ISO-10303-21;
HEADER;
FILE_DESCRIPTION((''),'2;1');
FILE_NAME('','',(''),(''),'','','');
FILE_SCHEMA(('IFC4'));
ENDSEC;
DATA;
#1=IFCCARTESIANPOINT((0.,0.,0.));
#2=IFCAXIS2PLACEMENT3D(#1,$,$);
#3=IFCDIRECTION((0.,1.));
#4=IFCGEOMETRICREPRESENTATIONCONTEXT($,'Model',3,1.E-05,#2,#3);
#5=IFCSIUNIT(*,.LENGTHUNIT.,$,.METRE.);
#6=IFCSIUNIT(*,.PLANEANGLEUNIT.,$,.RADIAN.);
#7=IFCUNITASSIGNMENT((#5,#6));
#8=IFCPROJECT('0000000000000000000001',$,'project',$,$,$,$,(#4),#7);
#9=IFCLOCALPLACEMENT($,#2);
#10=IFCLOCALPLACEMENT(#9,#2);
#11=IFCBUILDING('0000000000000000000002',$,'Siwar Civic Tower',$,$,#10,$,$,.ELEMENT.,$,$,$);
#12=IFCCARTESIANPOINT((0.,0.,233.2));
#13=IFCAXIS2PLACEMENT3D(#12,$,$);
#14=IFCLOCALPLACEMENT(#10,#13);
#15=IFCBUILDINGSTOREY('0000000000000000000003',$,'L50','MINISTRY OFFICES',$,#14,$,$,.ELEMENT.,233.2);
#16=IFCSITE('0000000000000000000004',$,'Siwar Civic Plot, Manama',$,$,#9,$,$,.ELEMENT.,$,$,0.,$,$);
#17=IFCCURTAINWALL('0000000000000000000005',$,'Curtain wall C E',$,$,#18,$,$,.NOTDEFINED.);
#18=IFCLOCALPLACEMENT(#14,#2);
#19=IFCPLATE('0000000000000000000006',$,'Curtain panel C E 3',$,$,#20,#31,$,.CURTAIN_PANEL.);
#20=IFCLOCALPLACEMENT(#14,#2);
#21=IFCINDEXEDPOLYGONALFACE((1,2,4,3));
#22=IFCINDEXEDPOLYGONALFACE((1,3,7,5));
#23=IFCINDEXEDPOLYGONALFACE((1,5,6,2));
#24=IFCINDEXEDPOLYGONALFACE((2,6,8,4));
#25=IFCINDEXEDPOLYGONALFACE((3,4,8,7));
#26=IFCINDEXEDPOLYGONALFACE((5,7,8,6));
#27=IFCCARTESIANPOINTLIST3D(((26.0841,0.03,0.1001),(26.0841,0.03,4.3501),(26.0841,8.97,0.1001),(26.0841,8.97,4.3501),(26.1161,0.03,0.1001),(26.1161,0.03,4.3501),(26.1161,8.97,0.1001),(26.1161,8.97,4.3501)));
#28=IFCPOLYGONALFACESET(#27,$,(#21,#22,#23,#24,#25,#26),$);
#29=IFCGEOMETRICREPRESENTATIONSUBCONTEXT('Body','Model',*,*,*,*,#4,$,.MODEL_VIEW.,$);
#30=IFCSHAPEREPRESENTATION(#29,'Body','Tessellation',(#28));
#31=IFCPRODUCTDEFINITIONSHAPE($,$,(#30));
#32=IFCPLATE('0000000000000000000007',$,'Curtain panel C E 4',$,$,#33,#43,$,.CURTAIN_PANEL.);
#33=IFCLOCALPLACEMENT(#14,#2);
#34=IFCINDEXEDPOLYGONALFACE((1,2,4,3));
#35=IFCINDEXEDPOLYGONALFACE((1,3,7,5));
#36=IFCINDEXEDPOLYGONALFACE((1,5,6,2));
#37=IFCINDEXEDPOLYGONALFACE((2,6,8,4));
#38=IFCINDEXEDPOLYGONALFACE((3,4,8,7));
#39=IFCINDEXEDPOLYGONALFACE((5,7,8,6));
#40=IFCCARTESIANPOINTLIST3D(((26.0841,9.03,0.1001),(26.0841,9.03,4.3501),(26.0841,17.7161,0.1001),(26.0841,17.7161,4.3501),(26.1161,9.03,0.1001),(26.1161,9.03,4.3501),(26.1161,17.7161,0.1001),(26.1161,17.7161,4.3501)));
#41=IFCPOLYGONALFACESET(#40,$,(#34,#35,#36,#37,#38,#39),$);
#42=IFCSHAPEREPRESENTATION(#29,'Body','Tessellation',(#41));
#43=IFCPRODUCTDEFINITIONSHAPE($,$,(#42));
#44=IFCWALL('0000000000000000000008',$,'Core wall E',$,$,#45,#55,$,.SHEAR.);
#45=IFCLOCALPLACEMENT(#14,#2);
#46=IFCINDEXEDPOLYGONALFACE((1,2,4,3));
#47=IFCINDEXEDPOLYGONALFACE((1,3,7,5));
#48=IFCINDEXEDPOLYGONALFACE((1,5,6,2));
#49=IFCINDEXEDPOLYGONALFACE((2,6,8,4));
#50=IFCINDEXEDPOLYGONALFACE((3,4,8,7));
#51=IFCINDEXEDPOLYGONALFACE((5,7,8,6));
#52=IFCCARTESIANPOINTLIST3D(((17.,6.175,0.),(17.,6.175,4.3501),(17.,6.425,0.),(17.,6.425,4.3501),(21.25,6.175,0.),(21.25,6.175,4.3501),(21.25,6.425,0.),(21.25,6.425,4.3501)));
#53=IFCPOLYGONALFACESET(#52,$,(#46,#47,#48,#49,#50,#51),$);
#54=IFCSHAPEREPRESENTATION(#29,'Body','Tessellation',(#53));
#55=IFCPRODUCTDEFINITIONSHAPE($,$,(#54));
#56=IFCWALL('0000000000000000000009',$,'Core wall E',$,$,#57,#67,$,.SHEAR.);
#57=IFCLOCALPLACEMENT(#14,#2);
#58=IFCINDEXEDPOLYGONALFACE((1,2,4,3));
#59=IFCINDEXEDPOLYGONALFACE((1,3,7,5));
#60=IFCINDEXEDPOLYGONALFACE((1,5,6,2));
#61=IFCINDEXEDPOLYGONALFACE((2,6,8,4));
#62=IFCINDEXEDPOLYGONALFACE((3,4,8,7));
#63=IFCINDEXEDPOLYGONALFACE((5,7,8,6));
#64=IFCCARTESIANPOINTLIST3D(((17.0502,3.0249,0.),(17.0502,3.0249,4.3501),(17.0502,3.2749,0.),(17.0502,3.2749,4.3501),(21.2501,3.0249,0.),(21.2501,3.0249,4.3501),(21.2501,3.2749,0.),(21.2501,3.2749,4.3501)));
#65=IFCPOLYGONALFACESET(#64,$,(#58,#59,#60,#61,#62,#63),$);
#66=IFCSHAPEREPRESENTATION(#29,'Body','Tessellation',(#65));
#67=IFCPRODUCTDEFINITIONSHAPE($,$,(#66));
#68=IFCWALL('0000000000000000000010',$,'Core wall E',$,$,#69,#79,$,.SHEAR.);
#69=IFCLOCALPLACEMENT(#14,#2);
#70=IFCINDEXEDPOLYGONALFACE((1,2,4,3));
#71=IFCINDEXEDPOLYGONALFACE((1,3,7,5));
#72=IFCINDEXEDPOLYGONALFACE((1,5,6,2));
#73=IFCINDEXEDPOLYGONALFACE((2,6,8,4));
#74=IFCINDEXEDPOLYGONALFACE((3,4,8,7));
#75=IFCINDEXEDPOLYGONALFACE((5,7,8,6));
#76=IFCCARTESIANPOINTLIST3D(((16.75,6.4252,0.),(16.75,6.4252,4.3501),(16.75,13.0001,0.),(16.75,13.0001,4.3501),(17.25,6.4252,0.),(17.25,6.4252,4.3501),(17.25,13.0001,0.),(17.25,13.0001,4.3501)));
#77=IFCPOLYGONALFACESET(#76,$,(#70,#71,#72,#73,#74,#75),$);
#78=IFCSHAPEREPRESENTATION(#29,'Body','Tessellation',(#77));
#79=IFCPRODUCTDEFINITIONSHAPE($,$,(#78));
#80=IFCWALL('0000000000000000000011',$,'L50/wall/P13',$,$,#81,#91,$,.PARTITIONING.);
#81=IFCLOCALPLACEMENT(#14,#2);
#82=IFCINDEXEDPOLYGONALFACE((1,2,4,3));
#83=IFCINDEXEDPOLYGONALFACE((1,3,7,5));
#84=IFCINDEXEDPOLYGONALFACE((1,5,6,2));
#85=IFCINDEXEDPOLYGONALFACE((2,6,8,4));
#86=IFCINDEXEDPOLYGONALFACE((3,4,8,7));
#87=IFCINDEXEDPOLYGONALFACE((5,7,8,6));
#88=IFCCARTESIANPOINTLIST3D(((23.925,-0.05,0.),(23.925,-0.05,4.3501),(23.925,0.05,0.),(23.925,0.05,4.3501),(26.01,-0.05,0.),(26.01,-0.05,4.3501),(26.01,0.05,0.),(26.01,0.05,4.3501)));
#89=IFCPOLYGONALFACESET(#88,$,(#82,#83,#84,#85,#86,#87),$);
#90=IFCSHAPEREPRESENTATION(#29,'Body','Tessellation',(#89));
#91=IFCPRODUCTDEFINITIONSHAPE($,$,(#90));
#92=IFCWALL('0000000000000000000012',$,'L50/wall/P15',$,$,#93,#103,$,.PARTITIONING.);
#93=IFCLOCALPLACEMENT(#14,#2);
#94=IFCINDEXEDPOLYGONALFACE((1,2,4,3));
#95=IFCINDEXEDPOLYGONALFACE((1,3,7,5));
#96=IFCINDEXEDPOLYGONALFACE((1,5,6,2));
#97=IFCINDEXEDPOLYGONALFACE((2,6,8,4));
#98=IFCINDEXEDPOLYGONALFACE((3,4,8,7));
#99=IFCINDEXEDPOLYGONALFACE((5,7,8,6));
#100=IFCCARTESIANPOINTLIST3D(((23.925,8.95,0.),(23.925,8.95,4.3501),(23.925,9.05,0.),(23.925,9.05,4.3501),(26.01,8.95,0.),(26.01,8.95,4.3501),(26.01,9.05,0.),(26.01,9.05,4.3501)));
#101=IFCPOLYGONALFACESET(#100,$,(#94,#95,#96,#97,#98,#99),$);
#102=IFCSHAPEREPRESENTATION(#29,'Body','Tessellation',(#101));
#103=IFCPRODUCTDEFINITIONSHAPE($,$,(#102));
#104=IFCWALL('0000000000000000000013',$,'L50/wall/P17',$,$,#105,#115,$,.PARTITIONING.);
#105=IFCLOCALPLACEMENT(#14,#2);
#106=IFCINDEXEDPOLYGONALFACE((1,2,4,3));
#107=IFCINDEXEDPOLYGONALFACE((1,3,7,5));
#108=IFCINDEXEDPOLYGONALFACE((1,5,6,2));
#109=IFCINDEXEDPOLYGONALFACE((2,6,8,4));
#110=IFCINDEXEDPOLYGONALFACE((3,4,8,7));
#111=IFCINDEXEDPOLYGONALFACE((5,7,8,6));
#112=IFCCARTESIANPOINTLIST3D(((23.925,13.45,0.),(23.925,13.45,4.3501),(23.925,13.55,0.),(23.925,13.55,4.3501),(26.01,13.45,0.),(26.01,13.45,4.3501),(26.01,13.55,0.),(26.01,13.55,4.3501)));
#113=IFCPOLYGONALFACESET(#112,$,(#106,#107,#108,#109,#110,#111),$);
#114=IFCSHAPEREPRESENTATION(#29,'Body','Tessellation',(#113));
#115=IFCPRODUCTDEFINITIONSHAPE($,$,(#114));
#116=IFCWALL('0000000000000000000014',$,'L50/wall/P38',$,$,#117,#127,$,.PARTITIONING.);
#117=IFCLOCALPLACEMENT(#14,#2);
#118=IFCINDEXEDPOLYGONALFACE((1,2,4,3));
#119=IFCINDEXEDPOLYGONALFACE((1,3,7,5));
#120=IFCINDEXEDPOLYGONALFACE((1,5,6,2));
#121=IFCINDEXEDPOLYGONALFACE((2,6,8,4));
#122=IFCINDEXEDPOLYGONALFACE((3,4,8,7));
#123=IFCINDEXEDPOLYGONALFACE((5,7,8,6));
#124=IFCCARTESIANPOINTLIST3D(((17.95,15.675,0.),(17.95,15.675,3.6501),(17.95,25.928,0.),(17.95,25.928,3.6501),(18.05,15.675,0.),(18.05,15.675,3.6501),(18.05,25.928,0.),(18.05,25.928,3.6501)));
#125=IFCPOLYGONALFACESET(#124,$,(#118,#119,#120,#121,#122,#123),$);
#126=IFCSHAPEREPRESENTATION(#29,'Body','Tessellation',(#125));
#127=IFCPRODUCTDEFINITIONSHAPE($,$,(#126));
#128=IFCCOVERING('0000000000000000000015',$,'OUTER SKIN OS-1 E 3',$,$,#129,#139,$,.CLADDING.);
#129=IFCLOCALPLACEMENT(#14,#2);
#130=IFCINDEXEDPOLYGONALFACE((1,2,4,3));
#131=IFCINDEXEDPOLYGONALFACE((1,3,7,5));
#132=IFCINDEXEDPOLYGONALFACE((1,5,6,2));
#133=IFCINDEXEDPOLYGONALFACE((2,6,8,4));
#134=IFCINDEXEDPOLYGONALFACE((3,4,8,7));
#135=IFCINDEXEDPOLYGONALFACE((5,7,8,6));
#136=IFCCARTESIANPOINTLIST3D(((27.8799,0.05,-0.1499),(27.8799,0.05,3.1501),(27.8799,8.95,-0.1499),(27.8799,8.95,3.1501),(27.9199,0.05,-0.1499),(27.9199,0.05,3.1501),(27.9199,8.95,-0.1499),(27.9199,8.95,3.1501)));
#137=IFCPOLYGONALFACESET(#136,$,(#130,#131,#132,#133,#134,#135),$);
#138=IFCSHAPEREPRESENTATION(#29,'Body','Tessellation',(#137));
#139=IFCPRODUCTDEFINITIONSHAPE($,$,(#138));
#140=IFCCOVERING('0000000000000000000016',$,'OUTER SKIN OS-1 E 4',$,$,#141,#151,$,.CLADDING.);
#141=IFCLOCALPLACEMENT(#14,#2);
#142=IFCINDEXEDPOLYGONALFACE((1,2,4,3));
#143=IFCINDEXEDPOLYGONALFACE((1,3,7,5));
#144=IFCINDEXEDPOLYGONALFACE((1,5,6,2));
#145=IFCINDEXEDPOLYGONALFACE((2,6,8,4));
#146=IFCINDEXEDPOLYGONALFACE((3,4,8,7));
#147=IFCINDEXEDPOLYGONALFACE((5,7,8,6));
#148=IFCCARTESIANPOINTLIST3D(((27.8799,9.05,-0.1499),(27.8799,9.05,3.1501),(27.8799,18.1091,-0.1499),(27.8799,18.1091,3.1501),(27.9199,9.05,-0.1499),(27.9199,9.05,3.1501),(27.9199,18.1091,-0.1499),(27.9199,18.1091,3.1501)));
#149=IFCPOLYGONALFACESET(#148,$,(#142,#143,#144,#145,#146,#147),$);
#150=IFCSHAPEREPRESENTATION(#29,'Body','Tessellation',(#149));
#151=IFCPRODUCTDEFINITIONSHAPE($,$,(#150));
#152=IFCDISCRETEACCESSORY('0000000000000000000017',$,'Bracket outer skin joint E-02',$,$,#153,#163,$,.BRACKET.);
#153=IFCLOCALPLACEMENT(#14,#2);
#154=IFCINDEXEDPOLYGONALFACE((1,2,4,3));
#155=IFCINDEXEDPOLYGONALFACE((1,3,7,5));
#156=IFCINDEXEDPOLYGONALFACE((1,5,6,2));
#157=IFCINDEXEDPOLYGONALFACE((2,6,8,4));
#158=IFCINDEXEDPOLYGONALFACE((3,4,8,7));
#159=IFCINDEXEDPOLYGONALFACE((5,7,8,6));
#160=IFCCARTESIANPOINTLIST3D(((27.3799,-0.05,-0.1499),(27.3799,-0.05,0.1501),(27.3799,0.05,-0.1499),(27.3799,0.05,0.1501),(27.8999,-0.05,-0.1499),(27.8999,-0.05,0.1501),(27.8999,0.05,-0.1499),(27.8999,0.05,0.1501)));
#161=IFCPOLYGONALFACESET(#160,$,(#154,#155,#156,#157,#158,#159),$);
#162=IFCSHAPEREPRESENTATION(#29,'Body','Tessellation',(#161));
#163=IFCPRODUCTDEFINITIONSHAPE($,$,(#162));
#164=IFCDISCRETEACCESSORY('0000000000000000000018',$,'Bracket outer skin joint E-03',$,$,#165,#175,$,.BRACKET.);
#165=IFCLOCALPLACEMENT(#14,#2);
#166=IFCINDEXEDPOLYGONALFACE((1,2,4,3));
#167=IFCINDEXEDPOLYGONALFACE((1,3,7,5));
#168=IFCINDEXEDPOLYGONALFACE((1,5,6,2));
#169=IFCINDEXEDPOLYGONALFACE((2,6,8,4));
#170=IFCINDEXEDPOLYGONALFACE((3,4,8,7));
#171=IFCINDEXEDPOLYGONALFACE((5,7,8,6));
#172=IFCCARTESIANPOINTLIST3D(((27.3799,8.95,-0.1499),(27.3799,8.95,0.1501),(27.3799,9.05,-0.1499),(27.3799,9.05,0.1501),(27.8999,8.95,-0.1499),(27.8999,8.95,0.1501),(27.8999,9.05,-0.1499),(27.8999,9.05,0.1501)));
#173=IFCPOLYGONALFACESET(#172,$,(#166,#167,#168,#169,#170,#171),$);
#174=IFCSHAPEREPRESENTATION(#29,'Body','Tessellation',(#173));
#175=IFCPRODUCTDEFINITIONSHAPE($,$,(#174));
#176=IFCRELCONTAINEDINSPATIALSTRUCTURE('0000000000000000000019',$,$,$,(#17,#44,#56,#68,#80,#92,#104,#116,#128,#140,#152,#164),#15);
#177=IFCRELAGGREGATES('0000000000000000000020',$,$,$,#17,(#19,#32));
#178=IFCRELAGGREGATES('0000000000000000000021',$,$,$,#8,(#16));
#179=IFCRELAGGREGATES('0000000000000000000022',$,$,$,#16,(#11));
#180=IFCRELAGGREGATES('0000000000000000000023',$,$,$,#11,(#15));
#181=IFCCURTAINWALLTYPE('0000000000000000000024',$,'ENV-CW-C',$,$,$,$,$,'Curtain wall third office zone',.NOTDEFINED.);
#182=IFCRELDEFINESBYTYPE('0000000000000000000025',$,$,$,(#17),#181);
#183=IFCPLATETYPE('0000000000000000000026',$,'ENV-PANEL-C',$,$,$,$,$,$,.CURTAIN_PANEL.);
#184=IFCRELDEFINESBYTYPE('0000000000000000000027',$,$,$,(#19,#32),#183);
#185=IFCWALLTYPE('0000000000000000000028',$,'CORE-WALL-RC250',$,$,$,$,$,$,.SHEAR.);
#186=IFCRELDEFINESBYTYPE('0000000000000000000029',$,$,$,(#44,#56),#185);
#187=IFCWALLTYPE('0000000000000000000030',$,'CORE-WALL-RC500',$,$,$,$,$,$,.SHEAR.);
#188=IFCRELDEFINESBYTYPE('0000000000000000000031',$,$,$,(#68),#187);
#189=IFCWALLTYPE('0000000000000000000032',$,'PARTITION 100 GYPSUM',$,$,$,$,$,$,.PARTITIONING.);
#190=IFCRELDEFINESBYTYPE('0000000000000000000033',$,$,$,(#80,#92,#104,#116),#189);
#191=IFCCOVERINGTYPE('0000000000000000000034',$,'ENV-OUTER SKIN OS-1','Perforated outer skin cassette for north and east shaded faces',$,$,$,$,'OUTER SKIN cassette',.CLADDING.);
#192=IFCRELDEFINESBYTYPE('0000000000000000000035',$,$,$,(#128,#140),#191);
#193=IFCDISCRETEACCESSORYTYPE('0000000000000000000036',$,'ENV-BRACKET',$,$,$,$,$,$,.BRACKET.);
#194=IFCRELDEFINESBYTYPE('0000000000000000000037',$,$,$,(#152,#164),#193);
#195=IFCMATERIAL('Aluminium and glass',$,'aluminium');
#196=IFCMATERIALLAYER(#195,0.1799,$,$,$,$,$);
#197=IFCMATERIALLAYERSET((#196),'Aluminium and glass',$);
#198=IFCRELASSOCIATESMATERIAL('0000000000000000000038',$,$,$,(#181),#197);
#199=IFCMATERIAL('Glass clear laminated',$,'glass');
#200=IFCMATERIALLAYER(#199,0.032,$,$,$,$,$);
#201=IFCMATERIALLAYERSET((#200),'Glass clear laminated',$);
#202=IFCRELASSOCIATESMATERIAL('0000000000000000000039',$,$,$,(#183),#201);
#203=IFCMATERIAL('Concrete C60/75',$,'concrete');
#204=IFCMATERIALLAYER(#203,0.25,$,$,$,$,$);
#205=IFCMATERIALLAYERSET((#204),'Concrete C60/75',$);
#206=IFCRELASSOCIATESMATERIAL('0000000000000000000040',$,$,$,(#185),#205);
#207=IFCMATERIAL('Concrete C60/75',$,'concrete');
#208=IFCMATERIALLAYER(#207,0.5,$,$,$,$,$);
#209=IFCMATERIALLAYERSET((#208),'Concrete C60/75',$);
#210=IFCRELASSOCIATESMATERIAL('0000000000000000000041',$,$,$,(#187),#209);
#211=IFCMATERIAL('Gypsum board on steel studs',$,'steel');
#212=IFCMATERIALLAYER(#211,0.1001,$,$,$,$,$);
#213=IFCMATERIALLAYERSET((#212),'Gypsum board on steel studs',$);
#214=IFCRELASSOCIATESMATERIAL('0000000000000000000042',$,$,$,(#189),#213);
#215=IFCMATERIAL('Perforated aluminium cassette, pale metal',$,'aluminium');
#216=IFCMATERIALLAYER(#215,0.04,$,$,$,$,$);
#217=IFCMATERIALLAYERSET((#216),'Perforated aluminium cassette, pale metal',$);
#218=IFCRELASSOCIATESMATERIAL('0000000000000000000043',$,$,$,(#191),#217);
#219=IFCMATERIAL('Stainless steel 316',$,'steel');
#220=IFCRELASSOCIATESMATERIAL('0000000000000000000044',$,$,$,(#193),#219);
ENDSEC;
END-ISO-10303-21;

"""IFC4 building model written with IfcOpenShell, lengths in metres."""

from ifc_helpers import new_model, si_unit, direction, frame, frame_2d, origin, origin_2d, place, context, subcontext, project, spatial, rectangle, extrude, material, layer, layer_set, type_object, element, aggregate, save


model = new_model("IFC4")

# Units and contexts
model_context = context("Model", 3, precision=1e-05, world=origin(), true_north=direction((0.0, 1.0)))
body_context = subcontext(model_context, "Body", "Model", "MODEL_VIEW")
ifc_project = project(units=[si_unit("LENGTHUNIT", "METRE"), si_unit("PLANEANGLEUNIT", "RADIAN")], contexts=[model_context])

# Site, building, storey
site_placement = place(None, origin())
site = spatial("IfcSite", under=ifc_project, at=site_placement, Name="Siwar Civic Plot, Manama", CompositionType="ELEMENT", RefElevation=0.0)
building_placement = place(site_placement, origin())
building = spatial("IfcBuilding", under=site, at=building_placement, Name="Siwar Civic Tower", CompositionType="ELEMENT")
storey_placement = place(building_placement, frame((0.0, 0.0, 233.2)))
storey = spatial("IfcBuildingStorey", under=building, at=storey_placement, Name="L50", Description="MINISTRY OFFICES", CompositionType="ELEMENT", Elevation=233.2)

# Curtain wall
ifc_material_1 = material(Name="Aluminium and glass", Category="aluminium")
ifc_layer_1 = layer(ifc_material_1, 0.1799)
ifc_layer_set_1 = layer_set([ifc_layer_1], Name="Aluminium and glass")
curtain_wall_type = type_object("IfcCurtainWallType", Name="ENV-CW-C", ElementType="Curtain wall third office zone", PredefinedType="NOTDEFINED", material=ifc_layer_set_1)
curtain_wall_placement = place(storey_placement, origin())
curtain_wall = element("IfcCurtainWall", 1, at=curtain_wall_placement, inside=storey, type_object=curtain_wall_type, Name="Curtain wall C E", PredefinedType="NOTDEFINED")

# Plates
ifc_material_2 = material(Name="Glass clear laminated", Category="glass")
ifc_layer_2 = layer(ifc_material_2, 0.032)
ifc_layer_set_2 = layer_set([ifc_layer_2], Name="Glass clear laminated")
plate_type = type_object("IfcPlateType", Name="ENV-PANEL-C", PredefinedType="CURTAIN_PANEL", material=ifc_layer_set_2)
plate_1_placement = place(storey_placement, frame((26.1001, 4.5, 0.1001), z_axis=(0.0, 0.0, 1.0), x_axis=(0.0, 1.0, 0.0)))
plate_1 = element("IfcPlate", 2, at=plate_1_placement, type_object=plate_type, Name="Curtain panel C E 3", PredefinedType="CURTAIN_PANEL", context=body_context, shape_type="SweptSolid", body=[
    extrude(rectangle(XDim=8.9399, YDim=0.032, at=origin_2d()), origin(), (0.0, 0.0, 1.0), 4.25),
])
plate_2_placement = place(storey_placement, frame((26.1001, 13.373, 0.1001), z_axis=(0.0, 0.0, 1.0), x_axis=(0.0, 1.0, 0.0)))
plate_2 = element("IfcPlate", 3, at=plate_2_placement, type_object=plate_type, Name="Curtain panel C E 4", PredefinedType="CURTAIN_PANEL", context=body_context, shape_type="SweptSolid", body=[
    extrude(rectangle(XDim=8.686, YDim=0.032, at=origin_2d()), origin(), (0.0, 0.0, 1.0), 4.25),
])
aggregate(curtain_wall, [plate_1, plate_2])

# Walls
ifc_material_3 = material(Name="Concrete C60/75", Category="concrete")
ifc_layer_3 = layer(ifc_material_3, 0.25)
ifc_layer_set_3 = layer_set([ifc_layer_3], Name="Concrete C60/75")
wall_type_1 = type_object("IfcWallType", Name="CORE-WALL-RC250", PredefinedType="SHEAR", material=ifc_layer_set_3)
wall_1_placement = place(storey_placement, frame((17.0, 6.3, 0.0), z_axis=(0.0, 0.0, 1.0), x_axis=(1.0, 0.0, 0.0)))
element("IfcWall", 4, at=wall_1_placement, inside=storey, type_object=wall_type_1, Name="Core wall E", PredefinedType="SHEAR", context=body_context, shape_type="SweptSolid", body=[
    extrude(rectangle(XDim=4.25, YDim=0.25, at=frame_2d((2.125, 0.0))), origin(), (0.0, 0.0, 1.0), 4.3501),
])
wall_2_placement = place(storey_placement, frame((17.05, 3.1499, 0.0), z_axis=(0.0, 0.0, 1.0), x_axis=(1.0, 0.0, 0.0)))
element("IfcWall", 5, at=wall_2_placement, inside=storey, type_object=wall_type_1, Name="Core wall E", PredefinedType="SHEAR", context=body_context, shape_type="SweptSolid", body=[
    extrude(rectangle(XDim=4.2, YDim=0.25, at=frame_2d((2.1001, 0.0))), origin(), (0.0, 0.0, 1.0), 4.3501),
])
ifc_material_4 = material(Name="Concrete C60/75", Category="concrete")
ifc_layer_4 = layer(ifc_material_4, 0.5)
ifc_layer_set_4 = layer_set([ifc_layer_4], Name="Concrete C60/75")
wall_type_2 = type_object("IfcWallType", Name="CORE-WALL-RC500", PredefinedType="SHEAR", material=ifc_layer_set_4)
wall_3_placement = place(storey_placement, frame((17.0, 6.425, 0.0), z_axis=(0.0, 0.0, 1.0), x_axis=(0.0, 1.0, 0.0)))
element("IfcWall", 6, at=wall_3_placement, inside=storey, type_object=wall_type_2, Name="Core wall E", PredefinedType="SHEAR", context=body_context, shape_type="SweptSolid", body=[
    extrude(rectangle(XDim=6.575, YDim=0.5, at=frame_2d((3.2876, 0.0))), origin(), (0.0, 0.0, 1.0), 4.3501),
])
ifc_material_5 = material(Name="Gypsum board on steel studs", Category="steel")
ifc_layer_5 = layer(ifc_material_5, 0.1001)
ifc_layer_set_5 = layer_set([ifc_layer_5], Name="Gypsum board on steel studs")
wall_type_3 = type_object("IfcWallType", Name="PARTITION 100 GYPSUM", PredefinedType="PARTITIONING", material=ifc_layer_set_5)
for number, where, z_axis, x_axis, name in (
    (7, (23.925, 0.0, 0.0), (0.0, 0.0, 1.0), (1.0, 0.0, 0.0), "L50/wall/P13"),
    (8, (23.925, 9.0, 0.0), (0.0, 0.0, 1.0), (1.0, 0.0, 0.0), "L50/wall/P15"),
    (9, (23.925, 13.5, 0.0), (0.0, 0.0, 1.0), (1.0, 0.0, 0.0), "L50/wall/P17"),
):
    element("IfcWall", number, at=place(storey_placement, frame(where, z_axis=z_axis, x_axis=x_axis)), inside=storey, type_object=wall_type_3, Name=name, PredefinedType="PARTITIONING", context=body_context, shape_type="SweptSolid", body=[
        extrude(rectangle(XDim=2.085, YDim=0.1001, at=frame_2d((1.0425, 0.0))), origin(), (0.0, 0.0, 1.0), 4.3501),
    ])
wall_4_placement = place(storey_placement, frame((18.0, 15.675, 0.0), z_axis=(0.0, 0.0, 1.0), x_axis=(0.0, 1.0, 0.0)))
element("IfcWall", 10, at=wall_4_placement, inside=storey, type_object=wall_type_3, Name="L50/wall/P38", PredefinedType="PARTITIONING", context=body_context, shape_type="SweptSolid", body=[
    extrude(rectangle(XDim=10.2529, YDim=0.1001, at=frame_2d((5.1265, 0.0))), origin(), (0.0, 0.0, 1.0), 3.6501),
])

# Coverings
ifc_material_6 = material(Name="Perforated aluminium cassette, pale metal", Category="aluminium")
ifc_layer_6 = layer(ifc_material_6, 0.04)
ifc_layer_set_6 = layer_set([ifc_layer_6], Name="Perforated aluminium cassette, pale metal")
covering_type = type_object("IfcCoveringType", Name="ENV-OUTER SKIN OS-1", Description="Perforated outer skin cassette for north and east shaded faces", ElementType="OUTER SKIN cassette", PredefinedType="CLADDING", material=ifc_layer_set_6)
covering_1_placement = place(storey_placement, frame((27.8999, 4.5, -0.1499), z_axis=(0.0, 0.0, 1.0), x_axis=(0.0, 1.0, 0.0)))
element("IfcCovering", 11, at=covering_1_placement, inside=storey, type_object=covering_type, Name="OUTER SKIN OS-1 E 3", PredefinedType="CLADDING", context=body_context, shape_type="SweptSolid", body=[
    extrude(rectangle(XDim=8.8999, YDim=0.04, at=origin_2d()), origin(), (0.0, 0.0, 1.0), 3.3),
])
covering_2_placement = place(storey_placement, frame((27.8999, 13.5796, -0.1499), z_axis=(0.0, 0.0, 1.0), x_axis=(0.0, 1.0, 0.0)))
element("IfcCovering", 12, at=covering_2_placement, inside=storey, type_object=covering_type, Name="OUTER SKIN OS-1 E 4", PredefinedType="CLADDING", context=body_context, shape_type="SweptSolid", body=[
    extrude(rectangle(XDim=9.0591, YDim=0.04, at=origin_2d()), origin(), (0.0, 0.0, 1.0), 3.3),
])

# Discrete accessories
ifc_material_7 = material(Name="Stainless steel 316", Category="steel")
discrete_accessory_type = type_object("IfcDiscreteAccessoryType", Name="ENV-BRACKET", PredefinedType="BRACKET", material=ifc_material_7)
for number, where, z_axis, x_axis, name in (
    (13, (27.6399, 0.0, -0.1499), (0.0, 0.0, 1.0), (1.0, 0.0, 0.0), "Bracket outer skin joint E-02"),
    (14, (27.6399, 9.0, -0.1499), (0.0, 0.0, 1.0), (1.0, 0.0, 0.0), "Bracket outer skin joint E-03"),
):
    element("IfcDiscreteAccessory", number, at=place(storey_placement, frame(where, z_axis=z_axis, x_axis=x_axis)), inside=storey, type_object=discrete_accessory_type, Name=name, PredefinedType="BRACKET", context=body_context, shape_type="SweptSolid", body=[
        extrude(rectangle(XDim=0.52, YDim=0.1001, at=origin_2d()), origin(), (0.0, 0.0, 1.0), 0.3),
    ])

save(model, "model.ifc")
